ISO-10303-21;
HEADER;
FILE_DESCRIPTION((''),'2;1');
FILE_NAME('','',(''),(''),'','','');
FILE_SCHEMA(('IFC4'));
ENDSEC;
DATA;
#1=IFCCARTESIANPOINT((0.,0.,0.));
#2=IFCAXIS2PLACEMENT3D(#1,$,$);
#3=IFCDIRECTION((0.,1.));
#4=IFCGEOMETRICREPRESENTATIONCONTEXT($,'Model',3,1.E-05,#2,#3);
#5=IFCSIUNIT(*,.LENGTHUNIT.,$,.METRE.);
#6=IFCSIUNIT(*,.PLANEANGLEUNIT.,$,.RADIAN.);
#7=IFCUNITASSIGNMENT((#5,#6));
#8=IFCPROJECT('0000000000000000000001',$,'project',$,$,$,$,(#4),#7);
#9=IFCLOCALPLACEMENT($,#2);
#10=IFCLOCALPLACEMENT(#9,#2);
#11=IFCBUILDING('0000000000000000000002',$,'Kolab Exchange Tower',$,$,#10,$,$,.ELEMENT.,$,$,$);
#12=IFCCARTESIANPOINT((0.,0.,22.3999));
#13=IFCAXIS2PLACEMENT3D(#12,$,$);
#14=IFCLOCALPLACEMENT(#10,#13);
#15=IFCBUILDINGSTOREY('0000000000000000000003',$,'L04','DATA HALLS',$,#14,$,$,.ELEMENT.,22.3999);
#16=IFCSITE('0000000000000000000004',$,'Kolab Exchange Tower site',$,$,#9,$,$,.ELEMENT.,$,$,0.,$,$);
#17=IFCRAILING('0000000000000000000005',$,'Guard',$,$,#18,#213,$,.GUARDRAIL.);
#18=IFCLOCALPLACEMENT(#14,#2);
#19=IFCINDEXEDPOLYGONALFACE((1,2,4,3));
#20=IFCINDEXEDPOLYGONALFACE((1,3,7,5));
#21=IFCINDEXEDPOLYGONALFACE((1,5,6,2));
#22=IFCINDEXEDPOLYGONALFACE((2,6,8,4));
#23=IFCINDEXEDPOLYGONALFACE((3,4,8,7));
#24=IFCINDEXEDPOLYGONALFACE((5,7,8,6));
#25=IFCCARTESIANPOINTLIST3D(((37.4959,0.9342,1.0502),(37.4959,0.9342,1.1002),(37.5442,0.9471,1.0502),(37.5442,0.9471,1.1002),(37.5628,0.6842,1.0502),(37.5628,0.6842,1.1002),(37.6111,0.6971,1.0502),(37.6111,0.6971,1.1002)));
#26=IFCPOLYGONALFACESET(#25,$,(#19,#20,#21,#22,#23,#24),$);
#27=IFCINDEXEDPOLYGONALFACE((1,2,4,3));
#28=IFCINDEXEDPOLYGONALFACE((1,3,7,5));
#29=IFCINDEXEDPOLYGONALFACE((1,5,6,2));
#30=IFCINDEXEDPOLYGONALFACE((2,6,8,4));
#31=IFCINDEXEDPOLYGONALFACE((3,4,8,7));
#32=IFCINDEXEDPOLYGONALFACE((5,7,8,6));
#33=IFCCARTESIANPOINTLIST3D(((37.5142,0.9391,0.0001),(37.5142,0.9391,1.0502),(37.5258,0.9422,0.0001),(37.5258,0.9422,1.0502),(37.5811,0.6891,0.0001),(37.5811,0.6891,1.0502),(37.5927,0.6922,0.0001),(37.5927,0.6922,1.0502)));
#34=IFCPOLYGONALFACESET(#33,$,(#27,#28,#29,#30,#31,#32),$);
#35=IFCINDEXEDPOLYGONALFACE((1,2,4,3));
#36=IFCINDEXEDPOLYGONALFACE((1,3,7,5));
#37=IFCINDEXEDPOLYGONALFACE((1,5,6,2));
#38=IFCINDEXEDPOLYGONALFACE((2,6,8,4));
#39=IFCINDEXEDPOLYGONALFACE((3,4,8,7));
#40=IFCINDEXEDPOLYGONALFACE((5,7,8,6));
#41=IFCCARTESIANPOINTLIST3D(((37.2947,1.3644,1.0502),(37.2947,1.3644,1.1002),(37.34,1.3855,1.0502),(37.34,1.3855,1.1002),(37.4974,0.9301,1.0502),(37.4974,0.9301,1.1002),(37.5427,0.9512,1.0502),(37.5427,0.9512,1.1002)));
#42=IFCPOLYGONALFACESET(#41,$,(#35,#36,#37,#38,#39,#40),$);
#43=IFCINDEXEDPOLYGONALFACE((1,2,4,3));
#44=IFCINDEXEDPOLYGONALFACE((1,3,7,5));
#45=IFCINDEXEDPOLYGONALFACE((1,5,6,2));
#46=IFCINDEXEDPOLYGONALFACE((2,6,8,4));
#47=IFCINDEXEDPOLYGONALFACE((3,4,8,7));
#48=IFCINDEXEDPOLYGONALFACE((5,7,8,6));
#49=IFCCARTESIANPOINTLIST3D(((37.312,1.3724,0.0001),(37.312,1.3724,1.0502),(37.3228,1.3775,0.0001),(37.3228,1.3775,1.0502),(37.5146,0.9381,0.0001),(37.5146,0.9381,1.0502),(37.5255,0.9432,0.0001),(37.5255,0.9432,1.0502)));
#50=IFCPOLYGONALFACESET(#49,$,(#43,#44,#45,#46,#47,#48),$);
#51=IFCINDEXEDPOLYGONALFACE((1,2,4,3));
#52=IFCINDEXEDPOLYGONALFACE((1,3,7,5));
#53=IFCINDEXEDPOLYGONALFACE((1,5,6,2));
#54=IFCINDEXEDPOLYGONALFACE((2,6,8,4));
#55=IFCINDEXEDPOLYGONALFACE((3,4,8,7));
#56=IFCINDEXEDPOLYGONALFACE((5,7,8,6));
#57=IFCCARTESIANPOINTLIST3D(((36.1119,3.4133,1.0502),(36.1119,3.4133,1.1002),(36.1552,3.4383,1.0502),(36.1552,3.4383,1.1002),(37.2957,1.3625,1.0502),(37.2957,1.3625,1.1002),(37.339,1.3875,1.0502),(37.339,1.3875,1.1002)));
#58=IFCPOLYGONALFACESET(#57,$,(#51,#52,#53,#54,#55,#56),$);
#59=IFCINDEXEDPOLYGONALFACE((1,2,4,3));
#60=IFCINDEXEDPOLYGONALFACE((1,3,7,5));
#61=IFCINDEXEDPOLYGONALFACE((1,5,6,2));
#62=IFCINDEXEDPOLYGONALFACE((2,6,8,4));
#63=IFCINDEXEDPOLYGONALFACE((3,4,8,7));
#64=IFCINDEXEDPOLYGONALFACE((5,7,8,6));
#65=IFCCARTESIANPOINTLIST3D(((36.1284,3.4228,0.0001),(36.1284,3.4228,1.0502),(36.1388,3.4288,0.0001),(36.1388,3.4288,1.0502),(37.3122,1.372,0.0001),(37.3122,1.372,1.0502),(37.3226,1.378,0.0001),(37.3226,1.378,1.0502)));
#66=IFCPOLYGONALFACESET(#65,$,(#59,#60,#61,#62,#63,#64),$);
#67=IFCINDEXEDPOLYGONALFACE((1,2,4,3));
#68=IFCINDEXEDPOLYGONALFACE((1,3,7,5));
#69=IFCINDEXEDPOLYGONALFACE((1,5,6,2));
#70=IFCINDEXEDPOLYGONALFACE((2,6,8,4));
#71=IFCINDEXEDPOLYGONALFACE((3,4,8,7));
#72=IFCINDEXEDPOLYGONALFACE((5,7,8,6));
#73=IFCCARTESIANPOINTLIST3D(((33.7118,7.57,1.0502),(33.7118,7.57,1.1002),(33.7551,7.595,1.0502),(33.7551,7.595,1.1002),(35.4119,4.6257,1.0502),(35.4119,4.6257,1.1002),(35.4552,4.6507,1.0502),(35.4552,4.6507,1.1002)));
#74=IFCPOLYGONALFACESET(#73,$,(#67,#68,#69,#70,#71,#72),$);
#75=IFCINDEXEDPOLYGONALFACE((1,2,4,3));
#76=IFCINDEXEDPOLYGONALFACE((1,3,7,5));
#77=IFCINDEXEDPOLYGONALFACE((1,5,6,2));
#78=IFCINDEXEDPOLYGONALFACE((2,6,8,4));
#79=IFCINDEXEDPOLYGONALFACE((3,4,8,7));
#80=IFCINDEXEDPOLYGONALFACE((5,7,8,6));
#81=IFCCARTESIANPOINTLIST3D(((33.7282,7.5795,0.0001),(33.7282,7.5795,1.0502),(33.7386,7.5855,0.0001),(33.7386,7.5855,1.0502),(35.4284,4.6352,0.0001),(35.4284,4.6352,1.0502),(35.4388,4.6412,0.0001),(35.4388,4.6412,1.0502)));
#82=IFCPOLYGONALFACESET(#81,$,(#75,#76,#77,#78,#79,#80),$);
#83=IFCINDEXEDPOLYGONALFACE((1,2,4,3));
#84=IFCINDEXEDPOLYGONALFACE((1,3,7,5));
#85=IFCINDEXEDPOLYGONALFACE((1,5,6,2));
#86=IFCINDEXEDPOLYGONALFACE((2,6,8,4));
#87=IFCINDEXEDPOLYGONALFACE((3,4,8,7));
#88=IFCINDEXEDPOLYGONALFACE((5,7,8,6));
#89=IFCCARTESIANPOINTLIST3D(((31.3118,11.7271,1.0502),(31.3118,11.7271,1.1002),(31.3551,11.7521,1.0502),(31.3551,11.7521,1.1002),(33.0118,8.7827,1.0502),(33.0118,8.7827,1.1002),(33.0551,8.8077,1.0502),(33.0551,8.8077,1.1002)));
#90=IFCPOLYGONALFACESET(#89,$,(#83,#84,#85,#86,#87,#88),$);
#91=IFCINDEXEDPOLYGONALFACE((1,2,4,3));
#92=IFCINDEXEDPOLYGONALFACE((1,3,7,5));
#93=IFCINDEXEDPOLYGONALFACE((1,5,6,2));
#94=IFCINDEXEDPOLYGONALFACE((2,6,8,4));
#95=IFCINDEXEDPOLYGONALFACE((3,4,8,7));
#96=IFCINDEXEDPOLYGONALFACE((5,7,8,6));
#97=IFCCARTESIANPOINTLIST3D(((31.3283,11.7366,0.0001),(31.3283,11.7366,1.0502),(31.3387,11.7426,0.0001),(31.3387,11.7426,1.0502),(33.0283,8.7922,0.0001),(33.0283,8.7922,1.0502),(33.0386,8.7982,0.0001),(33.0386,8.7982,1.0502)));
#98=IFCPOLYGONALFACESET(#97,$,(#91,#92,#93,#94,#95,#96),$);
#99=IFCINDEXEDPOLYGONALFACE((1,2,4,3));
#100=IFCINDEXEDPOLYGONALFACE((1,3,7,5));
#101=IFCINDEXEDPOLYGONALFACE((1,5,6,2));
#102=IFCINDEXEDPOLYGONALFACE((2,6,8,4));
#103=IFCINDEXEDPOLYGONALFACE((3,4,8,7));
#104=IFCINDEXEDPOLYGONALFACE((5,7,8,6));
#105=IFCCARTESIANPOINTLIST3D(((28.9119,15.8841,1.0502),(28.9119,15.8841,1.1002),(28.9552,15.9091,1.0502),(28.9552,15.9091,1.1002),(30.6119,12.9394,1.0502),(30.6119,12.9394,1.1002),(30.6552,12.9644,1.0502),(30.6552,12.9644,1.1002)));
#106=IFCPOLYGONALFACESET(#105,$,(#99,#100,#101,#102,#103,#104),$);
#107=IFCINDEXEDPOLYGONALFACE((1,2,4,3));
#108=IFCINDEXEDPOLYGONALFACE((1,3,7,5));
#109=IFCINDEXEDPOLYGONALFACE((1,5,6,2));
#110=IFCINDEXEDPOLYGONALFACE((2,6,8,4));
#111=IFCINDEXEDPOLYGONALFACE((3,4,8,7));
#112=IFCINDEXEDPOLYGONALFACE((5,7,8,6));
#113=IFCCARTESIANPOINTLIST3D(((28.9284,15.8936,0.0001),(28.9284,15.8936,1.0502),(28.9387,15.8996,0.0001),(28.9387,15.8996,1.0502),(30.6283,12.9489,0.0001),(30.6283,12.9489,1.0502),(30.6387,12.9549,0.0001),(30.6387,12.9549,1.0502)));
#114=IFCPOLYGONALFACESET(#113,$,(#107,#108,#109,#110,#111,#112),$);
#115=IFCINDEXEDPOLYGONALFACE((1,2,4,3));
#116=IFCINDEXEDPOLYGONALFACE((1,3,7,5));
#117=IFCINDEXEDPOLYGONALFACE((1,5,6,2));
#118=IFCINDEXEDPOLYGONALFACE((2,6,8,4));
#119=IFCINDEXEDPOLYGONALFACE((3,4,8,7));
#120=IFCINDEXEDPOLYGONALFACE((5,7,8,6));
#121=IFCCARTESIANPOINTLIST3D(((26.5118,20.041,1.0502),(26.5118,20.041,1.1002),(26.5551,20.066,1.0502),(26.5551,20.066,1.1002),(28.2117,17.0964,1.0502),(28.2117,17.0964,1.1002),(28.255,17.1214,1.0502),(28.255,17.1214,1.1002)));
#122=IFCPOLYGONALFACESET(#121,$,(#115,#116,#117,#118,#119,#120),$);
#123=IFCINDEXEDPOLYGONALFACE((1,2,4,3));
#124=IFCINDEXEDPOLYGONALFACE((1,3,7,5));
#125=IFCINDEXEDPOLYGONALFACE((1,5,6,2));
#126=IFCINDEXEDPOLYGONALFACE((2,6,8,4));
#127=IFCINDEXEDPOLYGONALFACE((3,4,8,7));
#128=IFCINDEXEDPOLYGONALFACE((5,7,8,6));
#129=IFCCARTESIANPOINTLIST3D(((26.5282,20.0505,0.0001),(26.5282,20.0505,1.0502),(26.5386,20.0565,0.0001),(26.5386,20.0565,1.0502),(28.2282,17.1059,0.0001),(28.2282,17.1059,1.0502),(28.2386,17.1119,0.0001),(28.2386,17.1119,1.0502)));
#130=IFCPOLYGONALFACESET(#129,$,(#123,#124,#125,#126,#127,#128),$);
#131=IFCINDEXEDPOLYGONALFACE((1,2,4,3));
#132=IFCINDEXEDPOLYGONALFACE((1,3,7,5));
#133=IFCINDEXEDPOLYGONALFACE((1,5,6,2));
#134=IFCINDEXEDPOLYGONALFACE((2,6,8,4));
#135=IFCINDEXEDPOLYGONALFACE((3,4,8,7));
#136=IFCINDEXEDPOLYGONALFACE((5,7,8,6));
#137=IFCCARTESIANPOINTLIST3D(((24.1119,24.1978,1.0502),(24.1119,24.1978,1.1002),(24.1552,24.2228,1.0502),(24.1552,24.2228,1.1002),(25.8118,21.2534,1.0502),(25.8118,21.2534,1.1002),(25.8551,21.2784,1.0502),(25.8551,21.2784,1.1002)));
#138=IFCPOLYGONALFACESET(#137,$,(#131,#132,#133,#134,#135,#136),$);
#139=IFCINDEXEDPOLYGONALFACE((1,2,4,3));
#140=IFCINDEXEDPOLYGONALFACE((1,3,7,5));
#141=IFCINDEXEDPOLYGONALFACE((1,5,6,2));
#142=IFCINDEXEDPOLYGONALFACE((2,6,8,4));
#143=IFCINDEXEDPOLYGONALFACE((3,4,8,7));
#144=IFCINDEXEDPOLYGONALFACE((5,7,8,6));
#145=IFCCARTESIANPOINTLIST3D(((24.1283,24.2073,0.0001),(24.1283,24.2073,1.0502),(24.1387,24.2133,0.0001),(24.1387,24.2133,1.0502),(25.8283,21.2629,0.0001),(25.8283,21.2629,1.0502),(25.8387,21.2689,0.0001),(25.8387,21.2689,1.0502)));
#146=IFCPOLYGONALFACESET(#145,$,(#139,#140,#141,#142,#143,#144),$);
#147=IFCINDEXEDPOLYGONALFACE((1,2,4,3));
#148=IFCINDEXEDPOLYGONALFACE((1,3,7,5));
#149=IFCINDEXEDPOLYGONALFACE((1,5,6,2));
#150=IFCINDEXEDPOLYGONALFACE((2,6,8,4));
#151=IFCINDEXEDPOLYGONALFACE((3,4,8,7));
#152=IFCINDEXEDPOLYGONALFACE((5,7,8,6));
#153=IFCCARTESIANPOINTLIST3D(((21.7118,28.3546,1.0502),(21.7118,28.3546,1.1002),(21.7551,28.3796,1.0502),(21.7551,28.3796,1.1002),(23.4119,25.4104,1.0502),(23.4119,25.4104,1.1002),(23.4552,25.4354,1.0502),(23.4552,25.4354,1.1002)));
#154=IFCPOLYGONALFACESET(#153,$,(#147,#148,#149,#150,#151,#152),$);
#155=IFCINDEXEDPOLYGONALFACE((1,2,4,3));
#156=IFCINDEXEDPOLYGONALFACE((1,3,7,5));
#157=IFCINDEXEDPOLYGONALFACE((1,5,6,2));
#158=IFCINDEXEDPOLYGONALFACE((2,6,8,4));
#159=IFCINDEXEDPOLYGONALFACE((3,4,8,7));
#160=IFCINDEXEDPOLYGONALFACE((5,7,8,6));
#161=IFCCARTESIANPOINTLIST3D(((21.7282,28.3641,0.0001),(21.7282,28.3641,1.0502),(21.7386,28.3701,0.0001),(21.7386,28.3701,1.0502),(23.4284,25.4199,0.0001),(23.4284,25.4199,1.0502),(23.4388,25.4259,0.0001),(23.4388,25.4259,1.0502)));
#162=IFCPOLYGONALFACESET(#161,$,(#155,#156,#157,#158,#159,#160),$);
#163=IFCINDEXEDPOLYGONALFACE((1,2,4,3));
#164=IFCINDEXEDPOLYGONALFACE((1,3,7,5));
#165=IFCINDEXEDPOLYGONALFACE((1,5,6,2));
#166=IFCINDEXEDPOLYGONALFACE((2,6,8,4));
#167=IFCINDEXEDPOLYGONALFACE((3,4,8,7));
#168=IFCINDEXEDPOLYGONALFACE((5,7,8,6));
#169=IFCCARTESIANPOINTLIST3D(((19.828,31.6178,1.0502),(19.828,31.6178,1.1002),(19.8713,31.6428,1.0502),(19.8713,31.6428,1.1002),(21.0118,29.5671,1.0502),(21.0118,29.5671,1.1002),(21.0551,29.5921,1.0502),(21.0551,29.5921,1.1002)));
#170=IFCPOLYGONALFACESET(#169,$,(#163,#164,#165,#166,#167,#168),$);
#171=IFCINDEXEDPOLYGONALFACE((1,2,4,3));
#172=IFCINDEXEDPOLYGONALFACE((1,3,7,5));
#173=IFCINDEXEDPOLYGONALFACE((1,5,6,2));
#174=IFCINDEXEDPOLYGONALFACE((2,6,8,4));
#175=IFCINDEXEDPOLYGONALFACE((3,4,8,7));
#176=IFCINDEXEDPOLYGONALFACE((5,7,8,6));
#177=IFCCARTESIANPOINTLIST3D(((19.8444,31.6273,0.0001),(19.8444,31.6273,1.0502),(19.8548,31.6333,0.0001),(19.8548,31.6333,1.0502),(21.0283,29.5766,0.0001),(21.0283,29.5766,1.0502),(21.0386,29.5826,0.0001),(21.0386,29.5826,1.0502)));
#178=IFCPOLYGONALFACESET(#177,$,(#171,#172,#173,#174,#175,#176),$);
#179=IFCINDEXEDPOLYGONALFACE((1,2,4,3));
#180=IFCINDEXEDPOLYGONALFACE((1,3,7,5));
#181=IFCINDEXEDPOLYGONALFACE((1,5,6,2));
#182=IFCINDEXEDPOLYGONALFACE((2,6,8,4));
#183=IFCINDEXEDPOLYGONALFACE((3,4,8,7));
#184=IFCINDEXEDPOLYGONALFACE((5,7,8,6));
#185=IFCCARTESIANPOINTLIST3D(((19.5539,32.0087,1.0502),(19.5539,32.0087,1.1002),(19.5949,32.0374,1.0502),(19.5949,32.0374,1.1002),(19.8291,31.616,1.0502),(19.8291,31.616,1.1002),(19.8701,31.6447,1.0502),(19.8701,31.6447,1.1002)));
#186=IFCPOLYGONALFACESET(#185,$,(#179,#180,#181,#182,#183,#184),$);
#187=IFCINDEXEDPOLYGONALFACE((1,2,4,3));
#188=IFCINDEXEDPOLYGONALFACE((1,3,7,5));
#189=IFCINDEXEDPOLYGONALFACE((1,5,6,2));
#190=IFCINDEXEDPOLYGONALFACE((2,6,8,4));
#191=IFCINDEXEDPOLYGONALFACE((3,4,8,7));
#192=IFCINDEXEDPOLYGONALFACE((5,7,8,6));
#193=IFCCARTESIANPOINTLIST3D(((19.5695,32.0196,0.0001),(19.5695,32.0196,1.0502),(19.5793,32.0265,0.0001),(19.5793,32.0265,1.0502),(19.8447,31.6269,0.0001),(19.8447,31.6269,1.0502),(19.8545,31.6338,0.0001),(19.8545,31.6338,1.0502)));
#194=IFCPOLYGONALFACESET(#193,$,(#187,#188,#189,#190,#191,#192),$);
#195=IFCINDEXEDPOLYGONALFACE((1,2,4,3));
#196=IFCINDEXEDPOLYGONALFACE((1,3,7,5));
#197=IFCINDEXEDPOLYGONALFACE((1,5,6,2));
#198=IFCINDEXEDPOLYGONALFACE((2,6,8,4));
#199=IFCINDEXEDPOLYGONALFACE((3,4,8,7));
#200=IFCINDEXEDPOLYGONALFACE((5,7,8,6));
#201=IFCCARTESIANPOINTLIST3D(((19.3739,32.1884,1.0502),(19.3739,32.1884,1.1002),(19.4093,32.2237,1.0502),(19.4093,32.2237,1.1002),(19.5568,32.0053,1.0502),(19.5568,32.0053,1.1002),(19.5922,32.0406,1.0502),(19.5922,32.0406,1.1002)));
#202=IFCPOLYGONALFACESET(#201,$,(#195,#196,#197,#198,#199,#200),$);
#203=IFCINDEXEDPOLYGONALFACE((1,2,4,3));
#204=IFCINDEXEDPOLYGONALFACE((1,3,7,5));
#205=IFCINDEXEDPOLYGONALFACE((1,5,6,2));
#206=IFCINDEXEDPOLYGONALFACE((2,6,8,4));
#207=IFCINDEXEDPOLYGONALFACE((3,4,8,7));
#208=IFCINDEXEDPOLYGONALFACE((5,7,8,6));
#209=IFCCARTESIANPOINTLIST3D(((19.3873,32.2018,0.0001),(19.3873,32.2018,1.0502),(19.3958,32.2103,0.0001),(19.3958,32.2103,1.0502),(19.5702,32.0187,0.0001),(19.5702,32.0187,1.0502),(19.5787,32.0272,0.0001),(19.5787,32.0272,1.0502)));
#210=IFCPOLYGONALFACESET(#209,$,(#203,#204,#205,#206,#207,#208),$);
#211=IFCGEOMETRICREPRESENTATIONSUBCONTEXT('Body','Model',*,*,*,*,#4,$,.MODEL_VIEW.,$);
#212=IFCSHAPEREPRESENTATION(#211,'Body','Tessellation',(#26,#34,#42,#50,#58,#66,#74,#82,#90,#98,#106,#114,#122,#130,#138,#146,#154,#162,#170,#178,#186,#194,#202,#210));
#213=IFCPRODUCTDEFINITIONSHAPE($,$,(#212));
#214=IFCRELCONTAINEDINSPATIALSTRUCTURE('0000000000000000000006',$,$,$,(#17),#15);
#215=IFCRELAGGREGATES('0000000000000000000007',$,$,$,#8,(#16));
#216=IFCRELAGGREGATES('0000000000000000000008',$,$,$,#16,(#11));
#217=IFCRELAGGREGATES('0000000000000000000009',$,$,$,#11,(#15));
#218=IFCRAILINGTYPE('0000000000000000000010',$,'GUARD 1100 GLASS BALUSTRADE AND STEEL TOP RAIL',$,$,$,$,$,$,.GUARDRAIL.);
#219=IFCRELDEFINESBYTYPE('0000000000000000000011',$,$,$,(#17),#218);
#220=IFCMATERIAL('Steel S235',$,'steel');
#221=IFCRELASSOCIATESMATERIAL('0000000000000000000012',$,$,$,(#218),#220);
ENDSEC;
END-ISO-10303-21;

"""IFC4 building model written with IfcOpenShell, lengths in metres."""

from ifc_helpers import new_model, si_unit, direction, frame, frame_2d, origin, origin_2d, place, context, subcontext, project, spatial, rectangle, extrude, material, type_object, element, save


model = new_model("IFC4")

# Units and contexts
model_context = context("Model", 3, precision=1e-05, world=origin(), true_north=direction((0.0, 1.0)))
body_context = subcontext(model_context, "Body", "Model", "MODEL_VIEW")
ifc_project = project(units=[si_unit("LENGTHUNIT", "METRE"), si_unit("PLANEANGLEUNIT", "RADIAN")], contexts=[model_context])

# Site, building, storey
site_placement = place(None, origin())
site = spatial("IfcSite", under=ifc_project, at=site_placement, Name="Kolab Exchange Tower site", CompositionType="ELEMENT", RefElevation=0.0)
building_placement = place(site_placement, origin())
building = spatial("IfcBuilding", under=site, at=building_placement, Name="Kolab Exchange Tower", CompositionType="ELEMENT")
storey_placement = place(building_placement, frame((0.0, 0.0, 22.3999)))
storey = spatial("IfcBuildingStorey", under=building, at=storey_placement, Name="L04", Description="DATA HALLS", CompositionType="ELEMENT", Elevation=22.3999)

# Railing
ifc_material_1 = material(Name="Steel S235", Category="steel")
railing_type = type_object("IfcRailingType", Name="GUARD 1100 GLASS BALUSTRADE AND STEEL TOP RAIL", PredefinedType="GUARDRAIL", material=ifc_material_1)
railing_placement = place(storey_placement, frame((37.5869, 0.6907, 0.0)))
element("IfcRailing", 1, at=railing_placement, inside=storey, type_object=railing_type, Name="Guard", PredefinedType="GUARDRAIL", context=body_context, shape_type="SweptSolid", body=[
    extrude(rectangle(XDim=0.05, YDim=0.05, at=origin_2d()), frame((0.0, 0.0, 1.0752), z_axis=(-0.258485, 0.966015, 0.0), x_axis=(-0.966015, -0.258485, 0.0)), (0.0, 0.0, 1.0), 0.2588),
    extrude(rectangle(XDim=0.012, YDim=1.0501, at=frame_2d((0.0, 0.5251))), frame((0.0, 0.0, 0.0), z_axis=(-0.258485, 0.966015, 0.0), x_axis=(-0.966015, -0.258485, 0.0)), (0.0, 0.0, 1.0), 0.2588),
    extrude(rectangle(XDim=0.05, YDim=0.05, at=origin_2d()), frame((-0.0669, 0.25, 1.0752), z_axis=(-0.422802, 0.906222, 0.0), x_axis=(-0.906222, -0.422802, 0.0)), (0.0, 0.0, 1.0), 0.4792),
    extrude(rectangle(XDim=0.012, YDim=1.0501, at=frame_2d((0.0, 0.5251))), frame((-0.0669, 0.25, 0.0), z_axis=(-0.422802, 0.906222, 0.0), x_axis=(-0.906222, -0.422802, 0.0)), (0.0, 0.0, 1.0), 0.4792),
    extrude(rectangle(XDim=0.05, YDim=0.05, at=origin_2d()), frame((-0.2695, 0.6843, 1.0752), z_axis=(-0.499943, 0.866059, 0.0), x_axis=(-0.866059, -0.499943, 0.0)), (0.0, 0.0, 1.0), 2.3679),
    extrude(rectangle(XDim=0.012, YDim=1.0501, at=frame_2d((0.0, 0.5251))), frame((-0.2695, 0.6843, 0.0), z_axis=(-0.499943, 0.866059, 0.0), x_axis=(-0.866059, -0.499943, 0.0)), (0.0, 0.0, 1.0), 2.3679),
    extrude(rectangle(XDim=0.05, YDim=0.05, at=origin_2d()), frame((-2.1533, 3.9475, 1.0752), z_axis=(-0.500062, 0.865989, 0.0), x_axis=(-0.865989, -0.500062, 0.0)), (0.0, 0.0, 1.0), 3.3999),
    extrude(rectangle(XDim=0.012, YDim=1.0501, at=frame_2d((0.0, 0.5251))), frame((-2.1533, 3.9475, 0.0), z_axis=(-0.500062, 0.865989, 0.0), x_axis=(-0.865989, -0.500062, 0.0)), (0.0, 0.0, 1.0), 3.3999),
    extrude(rectangle(XDim=0.05, YDim=0.05, at=origin_2d()), frame((-4.5535, 8.1045, 1.0752), z_axis=(-0.500008, 0.866021, 0.0), x_axis=(-0.866021, -0.500008, 0.0)), (0.0, 0.0, 1.0), 3.3999),
    extrude(rectangle(XDim=0.012, YDim=1.0501, at=frame_2d((0.0, 0.5251))), frame((-4.5535, 8.1045, 0.0), z_axis=(-0.500008, 0.866021, 0.0), x_axis=(-0.866021, -0.500008, 0.0)), (0.0, 0.0, 1.0), 3.3999),
    extrude(rectangle(XDim=0.05, YDim=0.05, at=origin_2d()), frame((-6.9534, 12.2612, 1.0752), z_axis=(-0.499977, 0.866039, 0.0), x_axis=(-0.866039, -0.499977, 0.0)), (0.0, 0.0, 1.0), 3.4001),
    extrude(rectangle(XDim=0.012, YDim=1.0501, at=frame_2d((0.0, 0.5251))), frame((-6.9534, 12.2612, 0.0), z_axis=(-0.499977, 0.866039, 0.0), x_axis=(-0.866039, -0.499977, 0.0)), (0.0, 0.0, 1.0), 3.4001),
    extrude(rectangle(XDim=0.05, YDim=0.05, at=origin_2d()), frame((-9.3535, 16.4182, 1.0752), z_axis=(-0.499977, 0.866039, 0.0), x_axis=(-0.866039, -0.499977, 0.0)), (0.0, 0.0, 1.0), 3.4001),
    extrude(rectangle(XDim=0.012, YDim=1.0501, at=frame_2d((0.0, 0.5251))), frame((-9.3535, 16.4182, 0.0), z_axis=(-0.499977, 0.866039, 0.0), x_axis=(-0.866039, -0.499977, 0.0)), (0.0, 0.0, 1.0), 3.4001),
    extrude(rectangle(XDim=0.05, YDim=0.05, at=origin_2d()), frame((-11.7534, 20.5752, 1.0752), z_axis=(-0.500008, 0.866021, 0.0), x_axis=(-0.866021, -0.500008, 0.0)), (0.0, 0.0, 1.0), 3.3999),
    extrude(rectangle(XDim=0.012, YDim=1.0501, at=frame_2d((0.0, 0.5251))), frame((-11.7534, 20.5752, 0.0), z_axis=(-0.500008, 0.866021, 0.0), x_axis=(-0.866021, -0.500008, 0.0)), (0.0, 0.0, 1.0), 3.3999),
    extrude(rectangle(XDim=0.05, YDim=0.05, at=origin_2d()), frame((-14.1533, 24.7322, 1.0752), z_axis=(-0.500062, 0.865989, 0.0), x_axis=(-0.865989, -0.500062, 0.0)), (0.0, 0.0, 1.0), 3.3999),
    extrude(rectangle(XDim=0.012, YDim=1.0501, at=frame_2d((0.0, 0.5251))), frame((-14.1533, 24.7322, 0.0), z_axis=(-0.500062, 0.865989, 0.0), x_axis=(-0.865989, -0.500062, 0.0)), (0.0, 0.0, 1.0), 3.3999),
    extrude(rectangle(XDim=0.05, YDim=0.05, at=origin_2d()), frame((-16.5535, 28.8889, 1.0752), z_axis=(-0.499943, 0.866059, 0.0), x_axis=(-0.866059, -0.499943, 0.0)), (0.0, 0.0, 1.0), 2.3679),
    extrude(rectangle(XDim=0.012, YDim=1.0501, at=frame_2d((0.0, 0.5251))), frame((-16.5535, 28.8889, 0.0), z_axis=(-0.499943, 0.866059, 0.0), x_axis=(-0.866059, -0.499943, 0.0)), (0.0, 0.0, 1.0), 2.3679),
    extrude(rectangle(XDim=0.05, YDim=0.05, at=origin_2d()), frame((-17.7373, 30.9397, 1.0752), z_axis=(-0.573941, 0.818897, 0.0), x_axis=(-0.818897, -0.573941, 0.0)), (0.0, 0.0, 1.0), 0.4795),
    extrude(rectangle(XDim=0.012, YDim=1.0501, at=frame_2d((0.0, 0.5251))), frame((-17.7373, 30.9397, 0.0), z_axis=(-0.573941, 0.818897, 0.0), x_axis=(-0.818897, -0.573941, 0.0)), (0.0, 0.0, 1.0), 0.4795),
    extrude(rectangle(XDim=0.05, YDim=0.05, at=origin_2d()), frame((-18.0125, 31.3323, 1.0752), z_axis=(-0.706635, 0.707578, 0.0), x_axis=(-0.707578, -0.706635, 0.0)), (0.0, 0.0, 1.0), 0.2588),
    extrude(rectangle(XDim=0.012, YDim=1.0501, at=frame_2d((0.0, 0.5251))), frame((-18.0125, 31.3323, 0.0), z_axis=(-0.706635, 0.707578, 0.0), x_axis=(-0.707578, -0.706635, 0.0)), (0.0, 0.0, 1.0), 0.2588),
])

save(model, "model.ifc")
